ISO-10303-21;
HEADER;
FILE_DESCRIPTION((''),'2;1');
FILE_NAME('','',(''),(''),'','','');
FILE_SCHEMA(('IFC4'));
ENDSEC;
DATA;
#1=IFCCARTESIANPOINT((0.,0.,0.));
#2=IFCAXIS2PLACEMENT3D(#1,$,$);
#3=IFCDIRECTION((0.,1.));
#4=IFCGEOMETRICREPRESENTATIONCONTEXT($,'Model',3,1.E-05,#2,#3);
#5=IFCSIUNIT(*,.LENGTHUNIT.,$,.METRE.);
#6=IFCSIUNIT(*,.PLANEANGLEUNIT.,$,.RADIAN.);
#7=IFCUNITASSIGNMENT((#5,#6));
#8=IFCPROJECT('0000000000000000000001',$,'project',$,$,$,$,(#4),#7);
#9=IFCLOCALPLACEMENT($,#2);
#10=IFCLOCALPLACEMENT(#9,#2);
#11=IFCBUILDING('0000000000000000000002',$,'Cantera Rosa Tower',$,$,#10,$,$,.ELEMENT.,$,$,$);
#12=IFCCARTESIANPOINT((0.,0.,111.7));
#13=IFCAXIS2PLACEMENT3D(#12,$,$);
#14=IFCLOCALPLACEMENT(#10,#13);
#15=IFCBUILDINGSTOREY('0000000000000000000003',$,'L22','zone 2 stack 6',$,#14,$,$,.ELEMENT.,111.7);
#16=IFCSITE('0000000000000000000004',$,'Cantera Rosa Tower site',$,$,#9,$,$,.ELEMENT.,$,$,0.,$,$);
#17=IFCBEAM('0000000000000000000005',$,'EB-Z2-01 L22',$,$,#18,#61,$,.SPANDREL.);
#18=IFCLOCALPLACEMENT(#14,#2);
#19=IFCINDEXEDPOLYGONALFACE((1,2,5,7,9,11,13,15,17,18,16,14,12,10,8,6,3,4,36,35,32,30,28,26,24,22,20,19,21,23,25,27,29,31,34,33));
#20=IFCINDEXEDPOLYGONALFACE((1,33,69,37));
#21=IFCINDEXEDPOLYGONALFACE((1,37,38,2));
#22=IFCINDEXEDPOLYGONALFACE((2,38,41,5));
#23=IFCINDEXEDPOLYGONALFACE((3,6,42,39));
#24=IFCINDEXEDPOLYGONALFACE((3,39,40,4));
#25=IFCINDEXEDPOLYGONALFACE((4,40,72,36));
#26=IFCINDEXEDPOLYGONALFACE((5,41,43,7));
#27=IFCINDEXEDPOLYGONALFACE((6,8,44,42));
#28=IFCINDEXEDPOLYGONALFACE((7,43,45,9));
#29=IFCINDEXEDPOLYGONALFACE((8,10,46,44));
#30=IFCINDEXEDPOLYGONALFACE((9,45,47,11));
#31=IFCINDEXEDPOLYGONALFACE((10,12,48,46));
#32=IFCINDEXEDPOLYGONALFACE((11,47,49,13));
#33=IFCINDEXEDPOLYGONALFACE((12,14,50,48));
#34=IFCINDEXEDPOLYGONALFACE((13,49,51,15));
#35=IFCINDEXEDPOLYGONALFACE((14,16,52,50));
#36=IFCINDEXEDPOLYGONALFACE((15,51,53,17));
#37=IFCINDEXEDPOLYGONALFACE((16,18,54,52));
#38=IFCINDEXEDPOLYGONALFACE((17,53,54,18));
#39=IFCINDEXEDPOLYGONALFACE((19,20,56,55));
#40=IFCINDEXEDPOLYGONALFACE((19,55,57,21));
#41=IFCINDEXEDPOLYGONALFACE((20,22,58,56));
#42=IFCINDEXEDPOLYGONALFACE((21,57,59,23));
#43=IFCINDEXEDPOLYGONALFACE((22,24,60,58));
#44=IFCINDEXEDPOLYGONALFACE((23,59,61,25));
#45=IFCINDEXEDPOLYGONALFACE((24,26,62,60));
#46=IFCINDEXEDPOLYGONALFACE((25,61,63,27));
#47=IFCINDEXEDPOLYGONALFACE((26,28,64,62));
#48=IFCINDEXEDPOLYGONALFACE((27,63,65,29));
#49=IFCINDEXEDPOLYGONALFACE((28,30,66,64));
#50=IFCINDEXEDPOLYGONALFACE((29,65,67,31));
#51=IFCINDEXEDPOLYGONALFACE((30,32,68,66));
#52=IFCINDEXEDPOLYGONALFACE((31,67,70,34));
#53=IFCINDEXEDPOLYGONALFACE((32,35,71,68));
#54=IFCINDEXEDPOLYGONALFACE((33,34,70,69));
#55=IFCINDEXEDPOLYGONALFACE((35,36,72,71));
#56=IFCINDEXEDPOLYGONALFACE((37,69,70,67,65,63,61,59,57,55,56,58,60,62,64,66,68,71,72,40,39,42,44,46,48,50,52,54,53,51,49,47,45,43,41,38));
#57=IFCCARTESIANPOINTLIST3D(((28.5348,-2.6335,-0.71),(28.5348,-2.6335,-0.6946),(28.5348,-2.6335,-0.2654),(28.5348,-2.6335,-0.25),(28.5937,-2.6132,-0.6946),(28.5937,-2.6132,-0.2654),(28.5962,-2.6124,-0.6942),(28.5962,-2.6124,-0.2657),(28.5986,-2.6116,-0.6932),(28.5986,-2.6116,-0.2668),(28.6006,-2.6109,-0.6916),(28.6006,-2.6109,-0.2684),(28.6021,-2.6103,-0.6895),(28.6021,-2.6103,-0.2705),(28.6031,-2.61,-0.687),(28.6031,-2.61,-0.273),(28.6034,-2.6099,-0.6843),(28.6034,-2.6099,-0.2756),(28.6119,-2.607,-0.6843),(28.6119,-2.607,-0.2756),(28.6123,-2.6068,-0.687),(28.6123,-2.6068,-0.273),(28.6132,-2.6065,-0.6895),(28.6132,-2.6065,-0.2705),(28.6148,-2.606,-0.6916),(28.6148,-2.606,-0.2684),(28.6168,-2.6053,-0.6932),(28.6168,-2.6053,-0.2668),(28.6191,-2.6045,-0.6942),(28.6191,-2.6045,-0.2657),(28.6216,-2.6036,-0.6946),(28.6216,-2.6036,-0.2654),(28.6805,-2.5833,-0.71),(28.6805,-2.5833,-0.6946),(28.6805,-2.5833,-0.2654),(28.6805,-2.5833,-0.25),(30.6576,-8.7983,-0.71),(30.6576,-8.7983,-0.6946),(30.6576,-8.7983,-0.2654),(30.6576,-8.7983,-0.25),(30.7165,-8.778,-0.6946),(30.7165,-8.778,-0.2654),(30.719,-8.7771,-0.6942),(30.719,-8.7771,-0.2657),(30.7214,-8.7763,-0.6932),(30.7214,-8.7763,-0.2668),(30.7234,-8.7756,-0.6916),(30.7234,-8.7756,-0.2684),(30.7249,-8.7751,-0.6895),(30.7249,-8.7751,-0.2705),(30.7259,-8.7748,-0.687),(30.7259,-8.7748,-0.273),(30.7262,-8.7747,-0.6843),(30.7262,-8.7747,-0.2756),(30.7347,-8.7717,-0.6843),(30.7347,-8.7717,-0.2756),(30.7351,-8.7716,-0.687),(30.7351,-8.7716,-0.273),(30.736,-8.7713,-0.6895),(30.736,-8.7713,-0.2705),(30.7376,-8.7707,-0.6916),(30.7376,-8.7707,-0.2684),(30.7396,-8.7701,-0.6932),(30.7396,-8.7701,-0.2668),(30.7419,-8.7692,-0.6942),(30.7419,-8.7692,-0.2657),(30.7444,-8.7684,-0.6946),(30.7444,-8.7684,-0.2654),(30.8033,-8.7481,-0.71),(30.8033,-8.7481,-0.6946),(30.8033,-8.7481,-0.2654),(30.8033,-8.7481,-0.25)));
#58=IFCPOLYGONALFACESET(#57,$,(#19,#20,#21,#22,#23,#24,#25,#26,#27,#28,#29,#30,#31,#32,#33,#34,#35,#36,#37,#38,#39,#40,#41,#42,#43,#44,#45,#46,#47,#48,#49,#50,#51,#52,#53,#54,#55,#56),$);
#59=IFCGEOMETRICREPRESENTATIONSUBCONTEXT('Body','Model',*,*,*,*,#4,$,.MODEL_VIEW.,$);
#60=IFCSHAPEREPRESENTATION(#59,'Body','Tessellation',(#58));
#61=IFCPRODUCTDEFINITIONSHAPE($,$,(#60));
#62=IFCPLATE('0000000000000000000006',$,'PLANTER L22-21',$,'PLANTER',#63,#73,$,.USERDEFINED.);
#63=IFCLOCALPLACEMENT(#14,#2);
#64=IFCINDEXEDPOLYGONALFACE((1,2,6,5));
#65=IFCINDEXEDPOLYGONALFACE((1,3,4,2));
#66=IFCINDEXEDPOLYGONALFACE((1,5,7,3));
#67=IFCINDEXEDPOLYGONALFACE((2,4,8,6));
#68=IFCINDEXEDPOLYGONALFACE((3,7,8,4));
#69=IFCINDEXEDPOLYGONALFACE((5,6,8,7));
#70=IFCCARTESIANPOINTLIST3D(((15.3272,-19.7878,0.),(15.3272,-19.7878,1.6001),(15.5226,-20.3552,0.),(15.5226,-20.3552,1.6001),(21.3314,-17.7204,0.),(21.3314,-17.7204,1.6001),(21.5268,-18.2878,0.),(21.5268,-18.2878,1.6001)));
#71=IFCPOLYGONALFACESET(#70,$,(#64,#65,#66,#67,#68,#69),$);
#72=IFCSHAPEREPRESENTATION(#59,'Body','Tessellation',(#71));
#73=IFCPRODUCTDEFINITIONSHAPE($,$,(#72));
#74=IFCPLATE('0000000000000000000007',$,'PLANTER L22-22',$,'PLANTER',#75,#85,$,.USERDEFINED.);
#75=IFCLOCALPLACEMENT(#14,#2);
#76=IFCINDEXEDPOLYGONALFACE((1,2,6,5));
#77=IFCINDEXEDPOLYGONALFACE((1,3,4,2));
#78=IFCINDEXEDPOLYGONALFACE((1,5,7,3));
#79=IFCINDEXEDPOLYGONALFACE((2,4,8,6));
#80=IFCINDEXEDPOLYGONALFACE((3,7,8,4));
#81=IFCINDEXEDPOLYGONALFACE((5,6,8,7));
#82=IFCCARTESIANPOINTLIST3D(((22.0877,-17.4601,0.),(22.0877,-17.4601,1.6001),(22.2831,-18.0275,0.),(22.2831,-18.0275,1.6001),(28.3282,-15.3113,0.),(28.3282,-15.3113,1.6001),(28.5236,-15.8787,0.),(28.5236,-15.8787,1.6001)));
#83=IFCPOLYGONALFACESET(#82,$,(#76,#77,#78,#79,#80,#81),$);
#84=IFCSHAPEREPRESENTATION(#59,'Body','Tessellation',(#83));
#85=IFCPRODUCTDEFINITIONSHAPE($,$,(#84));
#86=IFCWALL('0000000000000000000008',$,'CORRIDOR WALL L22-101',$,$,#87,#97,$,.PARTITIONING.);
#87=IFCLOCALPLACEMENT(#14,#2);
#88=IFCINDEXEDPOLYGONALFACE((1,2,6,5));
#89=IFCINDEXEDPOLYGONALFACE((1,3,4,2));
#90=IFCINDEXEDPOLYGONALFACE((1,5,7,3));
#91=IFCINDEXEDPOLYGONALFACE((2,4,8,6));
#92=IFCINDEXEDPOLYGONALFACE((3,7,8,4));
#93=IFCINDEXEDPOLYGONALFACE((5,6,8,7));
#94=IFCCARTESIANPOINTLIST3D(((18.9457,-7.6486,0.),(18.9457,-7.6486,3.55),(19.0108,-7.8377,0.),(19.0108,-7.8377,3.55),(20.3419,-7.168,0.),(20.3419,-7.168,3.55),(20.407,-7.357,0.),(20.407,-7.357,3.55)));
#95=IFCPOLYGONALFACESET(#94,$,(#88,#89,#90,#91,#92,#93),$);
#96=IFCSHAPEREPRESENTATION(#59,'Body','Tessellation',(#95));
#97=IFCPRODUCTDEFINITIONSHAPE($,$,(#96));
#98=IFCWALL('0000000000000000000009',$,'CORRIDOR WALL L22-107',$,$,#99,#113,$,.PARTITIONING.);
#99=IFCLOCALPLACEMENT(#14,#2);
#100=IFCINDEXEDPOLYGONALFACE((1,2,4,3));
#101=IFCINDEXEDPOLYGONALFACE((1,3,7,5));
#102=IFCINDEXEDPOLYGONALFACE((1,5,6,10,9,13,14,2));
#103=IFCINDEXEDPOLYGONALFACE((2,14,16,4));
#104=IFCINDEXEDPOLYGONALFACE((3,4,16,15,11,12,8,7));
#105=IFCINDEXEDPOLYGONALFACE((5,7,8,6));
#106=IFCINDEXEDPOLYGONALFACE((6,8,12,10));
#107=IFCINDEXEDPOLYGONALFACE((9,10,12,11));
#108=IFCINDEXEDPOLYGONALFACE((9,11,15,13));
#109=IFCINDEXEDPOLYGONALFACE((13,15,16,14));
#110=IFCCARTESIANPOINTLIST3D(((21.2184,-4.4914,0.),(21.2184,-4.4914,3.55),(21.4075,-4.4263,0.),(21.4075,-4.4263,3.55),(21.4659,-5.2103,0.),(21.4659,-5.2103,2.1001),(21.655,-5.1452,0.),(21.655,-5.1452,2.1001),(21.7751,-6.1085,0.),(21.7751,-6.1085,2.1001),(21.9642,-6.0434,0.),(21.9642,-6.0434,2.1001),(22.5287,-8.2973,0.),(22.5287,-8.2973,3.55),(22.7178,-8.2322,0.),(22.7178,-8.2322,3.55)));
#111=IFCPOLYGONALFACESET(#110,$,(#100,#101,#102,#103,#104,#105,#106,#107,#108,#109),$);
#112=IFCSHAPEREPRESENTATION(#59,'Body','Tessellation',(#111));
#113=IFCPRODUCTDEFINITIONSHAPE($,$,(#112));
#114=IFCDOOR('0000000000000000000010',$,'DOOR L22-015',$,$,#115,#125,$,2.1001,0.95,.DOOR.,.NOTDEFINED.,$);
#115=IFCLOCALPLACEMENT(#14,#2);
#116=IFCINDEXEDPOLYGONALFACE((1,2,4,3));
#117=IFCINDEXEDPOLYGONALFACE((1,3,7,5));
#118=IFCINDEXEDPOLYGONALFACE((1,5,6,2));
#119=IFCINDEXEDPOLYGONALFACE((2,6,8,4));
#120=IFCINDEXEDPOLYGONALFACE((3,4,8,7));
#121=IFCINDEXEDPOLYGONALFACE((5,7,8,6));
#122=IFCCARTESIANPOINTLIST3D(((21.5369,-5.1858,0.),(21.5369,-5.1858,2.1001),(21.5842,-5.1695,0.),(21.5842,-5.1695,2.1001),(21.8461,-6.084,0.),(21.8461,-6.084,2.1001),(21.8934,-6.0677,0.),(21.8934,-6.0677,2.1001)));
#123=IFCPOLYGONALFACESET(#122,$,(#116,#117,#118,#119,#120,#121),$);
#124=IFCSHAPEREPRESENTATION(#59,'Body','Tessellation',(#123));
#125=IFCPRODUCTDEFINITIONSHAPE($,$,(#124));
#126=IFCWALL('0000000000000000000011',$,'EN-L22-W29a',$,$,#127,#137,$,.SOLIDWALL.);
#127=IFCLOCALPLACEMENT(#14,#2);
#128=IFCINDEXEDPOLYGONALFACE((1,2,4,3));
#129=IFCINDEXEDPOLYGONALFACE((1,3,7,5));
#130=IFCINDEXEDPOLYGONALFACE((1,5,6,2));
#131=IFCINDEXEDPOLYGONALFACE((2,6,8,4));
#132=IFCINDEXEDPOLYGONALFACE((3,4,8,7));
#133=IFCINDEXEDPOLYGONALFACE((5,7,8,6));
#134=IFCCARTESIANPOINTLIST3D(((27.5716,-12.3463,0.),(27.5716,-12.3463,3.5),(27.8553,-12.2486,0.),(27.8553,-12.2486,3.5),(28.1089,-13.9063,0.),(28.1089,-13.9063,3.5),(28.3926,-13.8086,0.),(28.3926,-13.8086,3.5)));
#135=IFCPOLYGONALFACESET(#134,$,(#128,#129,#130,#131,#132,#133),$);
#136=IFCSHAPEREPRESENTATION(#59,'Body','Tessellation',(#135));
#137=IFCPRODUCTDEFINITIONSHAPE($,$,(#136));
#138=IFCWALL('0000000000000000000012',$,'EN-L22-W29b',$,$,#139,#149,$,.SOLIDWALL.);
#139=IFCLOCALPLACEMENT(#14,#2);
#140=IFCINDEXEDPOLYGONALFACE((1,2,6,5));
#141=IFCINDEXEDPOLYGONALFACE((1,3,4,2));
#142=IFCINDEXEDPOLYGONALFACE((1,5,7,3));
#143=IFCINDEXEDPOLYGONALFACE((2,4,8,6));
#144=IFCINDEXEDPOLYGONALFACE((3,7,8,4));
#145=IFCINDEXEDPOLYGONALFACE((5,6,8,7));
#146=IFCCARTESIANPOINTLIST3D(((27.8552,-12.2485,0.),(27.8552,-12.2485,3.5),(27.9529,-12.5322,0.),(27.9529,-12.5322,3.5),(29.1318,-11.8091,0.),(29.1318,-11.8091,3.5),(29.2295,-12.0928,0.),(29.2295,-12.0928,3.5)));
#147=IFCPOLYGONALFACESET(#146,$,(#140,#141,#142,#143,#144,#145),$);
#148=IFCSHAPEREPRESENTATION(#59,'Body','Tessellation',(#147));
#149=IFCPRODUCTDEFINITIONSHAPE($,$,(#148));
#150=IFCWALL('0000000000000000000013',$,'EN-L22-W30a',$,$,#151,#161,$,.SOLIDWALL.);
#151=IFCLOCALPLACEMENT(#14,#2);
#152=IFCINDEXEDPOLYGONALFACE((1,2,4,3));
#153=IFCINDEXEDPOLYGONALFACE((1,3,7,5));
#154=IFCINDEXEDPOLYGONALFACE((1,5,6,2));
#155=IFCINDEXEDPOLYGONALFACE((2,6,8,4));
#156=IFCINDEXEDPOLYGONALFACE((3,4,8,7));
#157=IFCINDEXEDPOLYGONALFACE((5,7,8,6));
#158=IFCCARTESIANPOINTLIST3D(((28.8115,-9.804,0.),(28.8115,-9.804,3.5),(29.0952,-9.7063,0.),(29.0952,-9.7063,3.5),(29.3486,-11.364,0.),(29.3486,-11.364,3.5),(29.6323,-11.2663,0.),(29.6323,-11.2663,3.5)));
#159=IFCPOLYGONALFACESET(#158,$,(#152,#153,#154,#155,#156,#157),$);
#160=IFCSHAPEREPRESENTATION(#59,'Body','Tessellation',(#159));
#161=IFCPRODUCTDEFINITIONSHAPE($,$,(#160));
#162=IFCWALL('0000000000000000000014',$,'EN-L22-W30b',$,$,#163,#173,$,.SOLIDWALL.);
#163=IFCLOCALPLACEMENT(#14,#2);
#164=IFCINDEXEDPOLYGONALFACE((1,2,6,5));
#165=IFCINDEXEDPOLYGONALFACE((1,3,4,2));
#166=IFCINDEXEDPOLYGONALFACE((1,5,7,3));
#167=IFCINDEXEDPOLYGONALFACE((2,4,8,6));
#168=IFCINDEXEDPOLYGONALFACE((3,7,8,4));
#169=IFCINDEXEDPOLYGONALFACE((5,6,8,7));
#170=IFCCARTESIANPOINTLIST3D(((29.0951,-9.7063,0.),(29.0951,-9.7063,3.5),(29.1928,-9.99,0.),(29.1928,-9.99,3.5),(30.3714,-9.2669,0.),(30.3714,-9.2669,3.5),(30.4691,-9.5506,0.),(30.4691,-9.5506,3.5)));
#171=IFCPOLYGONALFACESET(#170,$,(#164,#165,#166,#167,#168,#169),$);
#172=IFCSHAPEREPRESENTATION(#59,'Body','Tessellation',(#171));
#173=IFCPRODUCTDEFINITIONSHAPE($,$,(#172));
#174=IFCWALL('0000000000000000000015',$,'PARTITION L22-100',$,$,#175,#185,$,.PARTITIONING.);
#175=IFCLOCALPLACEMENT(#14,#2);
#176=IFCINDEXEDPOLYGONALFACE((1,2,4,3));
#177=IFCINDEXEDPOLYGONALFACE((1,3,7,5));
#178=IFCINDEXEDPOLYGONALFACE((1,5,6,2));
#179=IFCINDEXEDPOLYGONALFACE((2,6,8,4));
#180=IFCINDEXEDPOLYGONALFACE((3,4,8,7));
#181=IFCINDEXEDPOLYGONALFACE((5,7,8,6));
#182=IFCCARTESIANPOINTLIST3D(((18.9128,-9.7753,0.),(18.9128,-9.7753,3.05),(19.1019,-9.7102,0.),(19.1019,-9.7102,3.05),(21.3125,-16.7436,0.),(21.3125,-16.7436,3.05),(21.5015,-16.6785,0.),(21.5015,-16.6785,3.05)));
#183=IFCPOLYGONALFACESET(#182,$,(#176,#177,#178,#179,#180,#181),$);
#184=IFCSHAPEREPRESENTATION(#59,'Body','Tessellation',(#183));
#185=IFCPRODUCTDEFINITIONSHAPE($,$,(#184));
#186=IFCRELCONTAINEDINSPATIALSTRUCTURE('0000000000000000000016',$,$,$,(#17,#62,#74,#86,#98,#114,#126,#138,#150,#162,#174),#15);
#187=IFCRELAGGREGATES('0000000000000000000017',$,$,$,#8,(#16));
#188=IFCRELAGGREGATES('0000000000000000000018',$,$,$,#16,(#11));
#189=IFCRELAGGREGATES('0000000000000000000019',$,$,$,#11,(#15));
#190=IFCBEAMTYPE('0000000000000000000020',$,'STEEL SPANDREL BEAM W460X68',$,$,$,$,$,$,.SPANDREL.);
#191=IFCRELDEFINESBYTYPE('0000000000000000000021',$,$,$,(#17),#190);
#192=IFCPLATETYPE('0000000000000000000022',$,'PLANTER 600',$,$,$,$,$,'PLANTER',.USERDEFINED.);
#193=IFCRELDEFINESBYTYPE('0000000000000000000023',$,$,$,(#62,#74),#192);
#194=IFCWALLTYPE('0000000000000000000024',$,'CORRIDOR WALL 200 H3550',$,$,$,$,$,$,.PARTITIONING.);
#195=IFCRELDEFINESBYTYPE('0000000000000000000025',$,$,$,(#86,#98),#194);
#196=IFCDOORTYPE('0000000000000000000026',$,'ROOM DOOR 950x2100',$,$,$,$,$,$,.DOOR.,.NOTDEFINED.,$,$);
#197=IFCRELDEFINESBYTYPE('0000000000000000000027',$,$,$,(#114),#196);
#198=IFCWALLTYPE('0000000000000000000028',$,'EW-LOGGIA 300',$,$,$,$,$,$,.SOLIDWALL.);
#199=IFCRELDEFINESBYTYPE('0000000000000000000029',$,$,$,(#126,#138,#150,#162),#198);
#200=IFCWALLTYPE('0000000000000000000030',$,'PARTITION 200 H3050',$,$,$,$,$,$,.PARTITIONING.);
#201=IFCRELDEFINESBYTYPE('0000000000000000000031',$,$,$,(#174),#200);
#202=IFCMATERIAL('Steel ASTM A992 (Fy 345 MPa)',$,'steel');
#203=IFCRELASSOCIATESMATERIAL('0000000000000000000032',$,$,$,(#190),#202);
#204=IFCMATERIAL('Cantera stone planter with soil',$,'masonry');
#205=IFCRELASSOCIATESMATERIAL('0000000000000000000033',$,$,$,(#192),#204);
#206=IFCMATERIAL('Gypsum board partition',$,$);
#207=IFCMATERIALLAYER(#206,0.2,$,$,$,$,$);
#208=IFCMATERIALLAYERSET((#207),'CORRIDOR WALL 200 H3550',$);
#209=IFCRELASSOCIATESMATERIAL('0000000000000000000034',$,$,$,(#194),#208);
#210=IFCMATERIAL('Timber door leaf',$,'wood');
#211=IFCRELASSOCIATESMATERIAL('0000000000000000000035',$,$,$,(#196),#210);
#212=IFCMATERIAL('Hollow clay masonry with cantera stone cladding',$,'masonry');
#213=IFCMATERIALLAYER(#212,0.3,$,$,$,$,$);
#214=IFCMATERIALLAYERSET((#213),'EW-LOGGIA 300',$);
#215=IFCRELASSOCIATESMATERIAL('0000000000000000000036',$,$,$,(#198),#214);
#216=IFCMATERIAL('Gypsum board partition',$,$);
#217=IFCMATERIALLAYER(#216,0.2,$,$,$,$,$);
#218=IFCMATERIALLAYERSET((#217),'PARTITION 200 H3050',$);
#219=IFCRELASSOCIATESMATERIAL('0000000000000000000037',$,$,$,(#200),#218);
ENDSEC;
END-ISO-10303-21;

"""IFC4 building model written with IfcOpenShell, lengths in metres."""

from ifc_helpers import new_model, si_unit, direction, frame, frame_2d, origin, origin_2d, place, context, subcontext, project, spatial, rectangle, i_section, extrude, material, layer, layer_set, material_profile, profile_set, type_object, element, fill, save


model = new_model("IFC4")

# Units and contexts
model_context = context("Model", 3, precision=1e-05, world=origin(), true_north=direction((0.0, 1.0)))
body_context = subcontext(model_context, "Body", "Model", "MODEL_VIEW")
ifc_project = project(units=[si_unit("LENGTHUNIT", "METRE"), si_unit("PLANEANGLEUNIT", "RADIAN")], contexts=[model_context])

# Site, building, storey
site_placement = place(None, origin())
site = spatial("IfcSite", under=ifc_project, at=site_placement, Name="Cantera Rosa Tower site", CompositionType="ELEMENT", RefElevation=0.0)
building_placement = place(site_placement, origin())
building = spatial("IfcBuilding", under=site, at=building_placement, Name="Cantera Rosa Tower", CompositionType="ELEMENT")
storey_placement = place(building_placement, frame((0.0, 0.0, 111.7)))
storey = spatial("IfcBuildingStorey", under=building, at=storey_placement, Name="L22", Description="zone 2 stack 6", CompositionType="ELEMENT", Elevation=111.7)

# Beam
ifc_material_1 = material(Name="Steel ASTM A992 (Fy 345 MPa)", Category="steel")
ifc_material_profile_1 = material_profile(ifc_material_1, i_section(OverallWidth=0.1541, OverallDepth=0.46, WebThickness=0.009, FlangeThickness=0.0154, FilletRadius=0.0103, at=origin_2d()), Name="W460X68")
ifc_profile_set_1 = profile_set([ifc_material_profile_1], Name="Steel ASTM A992 (Fy 345 MPa)")
beam_type_1 = type_object("IfcBeamType", Name="STEEL SPANDREL BEAM W460X68", PredefinedType="SPANDREL", material=ifc_profile_set_1)
beam_1_placement = place(storey_placement, frame((30.7305, -8.7732, -0.48), z_axis=(-0.325581, 0.945514, 0.0), x_axis=(-0.945514, -0.325581, 0.0)))
element("IfcBeam", 1, at=beam_1_placement, inside=storey, type_object=beam_type_1, Name="EB-Z2-01 L22", PredefinedType="SPANDREL", context=body_context, shape_type="SweptSolid", body=[
    extrude(i_section(OverallWidth=0.1541, OverallDepth=0.46, WebThickness=0.009, FlangeThickness=0.0154, FilletRadius=0.0103, at=origin_2d()), origin(), (0.0, 0.0, 1.0), 6.52),
])

# Plates
ifc_material_2 = material(Name="Cantera stone planter with soil", Category="masonry")
plate_type = type_object("IfcPlateType", Name="PLANTER 600", ElementType="PLANTER", PredefinedType="USERDEFINED", material=ifc_material_2)
plate_1_placement = place(storey_placement, frame((18.427, -19.0378, 0.0), z_axis=(0.0, 0.0, 1.0), x_axis=(0.945519, 0.325568, 0.0)))
element("IfcPlate", 2, at=plate_1_placement, inside=storey, type_object=plate_type, Name="PLANTER L22-21", ObjectType="PLANTER", PredefinedType="USERDEFINED", context=body_context, shape_type="SweptSolid", body=[
    extrude(rectangle(XDim=6.3501, YDim=0.6001, at=origin_2d()), origin(), (0.0, 0.0, 1.0), 1.6001),
])
plate_2_placement = place(storey_placement, frame((25.3057, -16.6694, 0.0), z_axis=(0.0, 0.0, 1.0), x_axis=(0.945519, 0.325568, 0.0)))
element("IfcPlate", 3, at=plate_2_placement, inside=storey, type_object=plate_type, Name="PLANTER L22-22", ObjectType="PLANTER", PredefinedType="USERDEFINED", context=body_context, shape_type="SweptSolid", body=[
    extrude(rectangle(XDim=6.6001, YDim=0.6001, at=origin_2d()), origin(), (0.0, 0.0, 1.0), 1.6001),
])

# Wall
ifc_material_3 = material(Name="Gypsum board partition")
ifc_layer_1 = layer(ifc_material_3, 0.2)
ifc_layer_set_1 = layer_set([ifc_layer_1], Name="CORRIDOR WALL 200 H3550")
wall_type_1 = type_object("IfcWallType", Name="CORRIDOR WALL 200 H3550", PredefinedType="PARTITIONING", material=ifc_layer_set_1)
wall_1_placement = place(storey_placement, frame((18.9783, -7.7432, 0.0), z_axis=(0.0, 0.0, 1.0), x_axis=(0.945529, 0.325537, 0.0)))
element("IfcWall", 4, at=wall_1_placement, inside=storey, type_object=wall_type_1, Name="CORRIDOR WALL L22-101", PredefinedType="PARTITIONING", context=body_context, shape_type="SweptSolid", body=[
    extrude(rectangle(XDim=1.4766, YDim=0.2, at=frame_2d((0.7383, 0.0))), origin(), (0.0, 0.0, 1.0), 3.55),
])

# Wall, opening, door
wall_2_placement = place(storey_placement, frame((22.6233, -8.2649, 0.0), z_axis=(0.0, 0.0, 1.0), x_axis=(-0.325529, 0.945532, 0.0)))
wall_2 = element("IfcWall", 5, at=wall_2_placement, inside=storey, type_object=wall_type_1, Name="CORRIDOR WALL L22-107", PredefinedType="PARTITIONING", context=body_context, shape_type="SweptSolid", body=[
    extrude(rectangle(XDim=4.0251, YDim=0.2, at=frame_2d((2.0127, 0.0))), origin(), (0.0, 0.0, 1.0), 3.55),
])
opening_1_placement = place(wall_2_placement, frame((2.3149, 0.0, 0.0)))
opening_1 = element("IfcOpeningElement", 6, at=opening_1_placement, cuts=wall_2, PredefinedType="OPENING", context=body_context, shape_type="SweptSolid", body=[
    extrude(rectangle(XDim=0.95, YDim=2.1001, at=frame_2d((0.4751, 1.05))), frame((0.0, 0.1099, 0.0), z_axis=(0.0, -1.0, 0.0), x_axis=(1.0, 0.0, 0.0)), (0.0, 0.0, 1.0), 0.22),
])
ifc_material_4 = material(Name="Timber door leaf", Category="wood")
door_type_1 = type_object("IfcDoorType", Name="ROOM DOOR 950x2100", OperationType="NOTDEFINED", PredefinedType="DOOR", material=ifc_material_4)
door_1_placement = place(opening_1_placement, origin())
door_1 = element("IfcDoor", 7, at=door_1_placement, inside=storey, type_object=door_type_1, Name="DOOR L22-015", OperationType="NOTDEFINED", OverallHeight=2.1001, OverallWidth=0.95, PredefinedType="DOOR", context=body_context, shape_type="SweptSolid", body=[
    extrude(rectangle(XDim=0.95, YDim=2.1001, at=frame_2d((0.4751, 1.05))), frame((0.0, 0.0249, 0.0), z_axis=(0.0, -1.0, 0.0), x_axis=(1.0, 0.0, 0.0)), (0.0, 0.0, 1.0), 0.05),
])
fill(opening_1, door_1)

# Walls
ifc_material_5 = material(Name="Hollow clay masonry with cantera stone cladding", Category="masonry")
ifc_layer_2 = layer(ifc_material_5, 0.3)
ifc_layer_set_2 = layer_set([ifc_layer_2], Name="EW-LOGGIA 300")
wall_type_2 = type_object("IfcWallType", Name="EW-LOGGIA 300", PredefinedType="SOLIDWALL", material=ifc_layer_set_2)
wall_3_placement = place(storey_placement, frame((28.2507, -13.8574, 0.0), z_axis=(0.0, 0.0, 1.0), x_axis=(-0.325667, 0.945485, 0.0)))
element("IfcWall", 8, at=wall_3_placement, inside=storey, type_object=wall_type_2, Name="EN-L22-W29a", PredefinedType="SOLIDWALL", context=body_context, shape_type="SweptSolid", body=[
    extrude(rectangle(XDim=1.6499, YDim=0.3, at=frame_2d((0.825, 0.0))), origin(), (0.0, 0.0, 1.0), 3.5),
])
wall_4_placement = place(storey_placement, frame((27.9041, -12.3904, 0.0), z_axis=(0.0, 0.0, 1.0), x_axis=(0.945546, 0.325489, 0.0)))
element("IfcWall", 9, at=wall_4_placement, inside=storey, type_object=wall_type_2, Name="EN-L22-W29b", PredefinedType="SOLIDWALL", context=body_context, shape_type="SweptSolid", body=[
    extrude(rectangle(XDim=1.3501, YDim=0.3, at=frame_2d((0.675, 0.0))), origin(), (0.0, 0.0, 1.0), 3.5),
])
wall_5_placement = place(storey_placement, frame((29.4905, -11.3152, 0.0), z_axis=(0.0, 0.0, 1.0), x_axis=(-0.325535, 0.94553, 0.0)))
element("IfcWall", 10, at=wall_5_placement, inside=storey, type_object=wall_type_2, Name="EN-L22-W30a", PredefinedType="SOLIDWALL", context=body_context, shape_type="SweptSolid", body=[
    extrude(rectangle(XDim=1.6499, YDim=0.3, at=frame_2d((0.825, 0.0))), origin(), (0.0, 0.0, 1.0), 3.5),
])
wall_6_placement = place(storey_placement, frame((29.144, -9.8481, 0.0), z_axis=(0.0, 0.0, 1.0), x_axis=(0.945527, 0.325545, 0.0)))
element("IfcWall", 11, at=wall_6_placement, inside=storey, type_object=wall_type_2, Name="EN-L22-W30b", PredefinedType="SOLIDWALL", context=body_context, shape_type="SweptSolid", body=[
    extrude(rectangle(XDim=1.3499, YDim=0.3, at=frame_2d((0.6748, 0.0))), origin(), (0.0, 0.0, 1.0), 3.5),
])

# Wall
ifc_material_6 = material(Name="Gypsum board partition")
ifc_layer_3 = layer(ifc_material_6, 0.2)
ifc_layer_set_3 = layer_set([ifc_layer_3], Name="PARTITION 200 H3050")
wall_type_3 = type_object("IfcWallType", Name="PARTITION 200 H3050", PredefinedType="PARTITIONING", material=ifc_layer_set_3)
wall_7_placement = place(storey_placement, frame((19.0073, -9.7427, 0.0), z_axis=(0.0, 0.0, 1.0), x_axis=(0.325604, -0.945506, 0.0)))
element("IfcWall", 12, at=wall_7_placement, inside=storey, type_object=wall_type_3, Name="PARTITION L22-100", PredefinedType="PARTITIONING", context=body_context, shape_type="SweptSolid", body=[
    extrude(rectangle(XDim=7.3699, YDim=0.2, at=frame_2d((3.6851, 0.0))), origin(), (0.0, 0.0, 1.0), 3.05),
])

save(model, "model.ifc")
